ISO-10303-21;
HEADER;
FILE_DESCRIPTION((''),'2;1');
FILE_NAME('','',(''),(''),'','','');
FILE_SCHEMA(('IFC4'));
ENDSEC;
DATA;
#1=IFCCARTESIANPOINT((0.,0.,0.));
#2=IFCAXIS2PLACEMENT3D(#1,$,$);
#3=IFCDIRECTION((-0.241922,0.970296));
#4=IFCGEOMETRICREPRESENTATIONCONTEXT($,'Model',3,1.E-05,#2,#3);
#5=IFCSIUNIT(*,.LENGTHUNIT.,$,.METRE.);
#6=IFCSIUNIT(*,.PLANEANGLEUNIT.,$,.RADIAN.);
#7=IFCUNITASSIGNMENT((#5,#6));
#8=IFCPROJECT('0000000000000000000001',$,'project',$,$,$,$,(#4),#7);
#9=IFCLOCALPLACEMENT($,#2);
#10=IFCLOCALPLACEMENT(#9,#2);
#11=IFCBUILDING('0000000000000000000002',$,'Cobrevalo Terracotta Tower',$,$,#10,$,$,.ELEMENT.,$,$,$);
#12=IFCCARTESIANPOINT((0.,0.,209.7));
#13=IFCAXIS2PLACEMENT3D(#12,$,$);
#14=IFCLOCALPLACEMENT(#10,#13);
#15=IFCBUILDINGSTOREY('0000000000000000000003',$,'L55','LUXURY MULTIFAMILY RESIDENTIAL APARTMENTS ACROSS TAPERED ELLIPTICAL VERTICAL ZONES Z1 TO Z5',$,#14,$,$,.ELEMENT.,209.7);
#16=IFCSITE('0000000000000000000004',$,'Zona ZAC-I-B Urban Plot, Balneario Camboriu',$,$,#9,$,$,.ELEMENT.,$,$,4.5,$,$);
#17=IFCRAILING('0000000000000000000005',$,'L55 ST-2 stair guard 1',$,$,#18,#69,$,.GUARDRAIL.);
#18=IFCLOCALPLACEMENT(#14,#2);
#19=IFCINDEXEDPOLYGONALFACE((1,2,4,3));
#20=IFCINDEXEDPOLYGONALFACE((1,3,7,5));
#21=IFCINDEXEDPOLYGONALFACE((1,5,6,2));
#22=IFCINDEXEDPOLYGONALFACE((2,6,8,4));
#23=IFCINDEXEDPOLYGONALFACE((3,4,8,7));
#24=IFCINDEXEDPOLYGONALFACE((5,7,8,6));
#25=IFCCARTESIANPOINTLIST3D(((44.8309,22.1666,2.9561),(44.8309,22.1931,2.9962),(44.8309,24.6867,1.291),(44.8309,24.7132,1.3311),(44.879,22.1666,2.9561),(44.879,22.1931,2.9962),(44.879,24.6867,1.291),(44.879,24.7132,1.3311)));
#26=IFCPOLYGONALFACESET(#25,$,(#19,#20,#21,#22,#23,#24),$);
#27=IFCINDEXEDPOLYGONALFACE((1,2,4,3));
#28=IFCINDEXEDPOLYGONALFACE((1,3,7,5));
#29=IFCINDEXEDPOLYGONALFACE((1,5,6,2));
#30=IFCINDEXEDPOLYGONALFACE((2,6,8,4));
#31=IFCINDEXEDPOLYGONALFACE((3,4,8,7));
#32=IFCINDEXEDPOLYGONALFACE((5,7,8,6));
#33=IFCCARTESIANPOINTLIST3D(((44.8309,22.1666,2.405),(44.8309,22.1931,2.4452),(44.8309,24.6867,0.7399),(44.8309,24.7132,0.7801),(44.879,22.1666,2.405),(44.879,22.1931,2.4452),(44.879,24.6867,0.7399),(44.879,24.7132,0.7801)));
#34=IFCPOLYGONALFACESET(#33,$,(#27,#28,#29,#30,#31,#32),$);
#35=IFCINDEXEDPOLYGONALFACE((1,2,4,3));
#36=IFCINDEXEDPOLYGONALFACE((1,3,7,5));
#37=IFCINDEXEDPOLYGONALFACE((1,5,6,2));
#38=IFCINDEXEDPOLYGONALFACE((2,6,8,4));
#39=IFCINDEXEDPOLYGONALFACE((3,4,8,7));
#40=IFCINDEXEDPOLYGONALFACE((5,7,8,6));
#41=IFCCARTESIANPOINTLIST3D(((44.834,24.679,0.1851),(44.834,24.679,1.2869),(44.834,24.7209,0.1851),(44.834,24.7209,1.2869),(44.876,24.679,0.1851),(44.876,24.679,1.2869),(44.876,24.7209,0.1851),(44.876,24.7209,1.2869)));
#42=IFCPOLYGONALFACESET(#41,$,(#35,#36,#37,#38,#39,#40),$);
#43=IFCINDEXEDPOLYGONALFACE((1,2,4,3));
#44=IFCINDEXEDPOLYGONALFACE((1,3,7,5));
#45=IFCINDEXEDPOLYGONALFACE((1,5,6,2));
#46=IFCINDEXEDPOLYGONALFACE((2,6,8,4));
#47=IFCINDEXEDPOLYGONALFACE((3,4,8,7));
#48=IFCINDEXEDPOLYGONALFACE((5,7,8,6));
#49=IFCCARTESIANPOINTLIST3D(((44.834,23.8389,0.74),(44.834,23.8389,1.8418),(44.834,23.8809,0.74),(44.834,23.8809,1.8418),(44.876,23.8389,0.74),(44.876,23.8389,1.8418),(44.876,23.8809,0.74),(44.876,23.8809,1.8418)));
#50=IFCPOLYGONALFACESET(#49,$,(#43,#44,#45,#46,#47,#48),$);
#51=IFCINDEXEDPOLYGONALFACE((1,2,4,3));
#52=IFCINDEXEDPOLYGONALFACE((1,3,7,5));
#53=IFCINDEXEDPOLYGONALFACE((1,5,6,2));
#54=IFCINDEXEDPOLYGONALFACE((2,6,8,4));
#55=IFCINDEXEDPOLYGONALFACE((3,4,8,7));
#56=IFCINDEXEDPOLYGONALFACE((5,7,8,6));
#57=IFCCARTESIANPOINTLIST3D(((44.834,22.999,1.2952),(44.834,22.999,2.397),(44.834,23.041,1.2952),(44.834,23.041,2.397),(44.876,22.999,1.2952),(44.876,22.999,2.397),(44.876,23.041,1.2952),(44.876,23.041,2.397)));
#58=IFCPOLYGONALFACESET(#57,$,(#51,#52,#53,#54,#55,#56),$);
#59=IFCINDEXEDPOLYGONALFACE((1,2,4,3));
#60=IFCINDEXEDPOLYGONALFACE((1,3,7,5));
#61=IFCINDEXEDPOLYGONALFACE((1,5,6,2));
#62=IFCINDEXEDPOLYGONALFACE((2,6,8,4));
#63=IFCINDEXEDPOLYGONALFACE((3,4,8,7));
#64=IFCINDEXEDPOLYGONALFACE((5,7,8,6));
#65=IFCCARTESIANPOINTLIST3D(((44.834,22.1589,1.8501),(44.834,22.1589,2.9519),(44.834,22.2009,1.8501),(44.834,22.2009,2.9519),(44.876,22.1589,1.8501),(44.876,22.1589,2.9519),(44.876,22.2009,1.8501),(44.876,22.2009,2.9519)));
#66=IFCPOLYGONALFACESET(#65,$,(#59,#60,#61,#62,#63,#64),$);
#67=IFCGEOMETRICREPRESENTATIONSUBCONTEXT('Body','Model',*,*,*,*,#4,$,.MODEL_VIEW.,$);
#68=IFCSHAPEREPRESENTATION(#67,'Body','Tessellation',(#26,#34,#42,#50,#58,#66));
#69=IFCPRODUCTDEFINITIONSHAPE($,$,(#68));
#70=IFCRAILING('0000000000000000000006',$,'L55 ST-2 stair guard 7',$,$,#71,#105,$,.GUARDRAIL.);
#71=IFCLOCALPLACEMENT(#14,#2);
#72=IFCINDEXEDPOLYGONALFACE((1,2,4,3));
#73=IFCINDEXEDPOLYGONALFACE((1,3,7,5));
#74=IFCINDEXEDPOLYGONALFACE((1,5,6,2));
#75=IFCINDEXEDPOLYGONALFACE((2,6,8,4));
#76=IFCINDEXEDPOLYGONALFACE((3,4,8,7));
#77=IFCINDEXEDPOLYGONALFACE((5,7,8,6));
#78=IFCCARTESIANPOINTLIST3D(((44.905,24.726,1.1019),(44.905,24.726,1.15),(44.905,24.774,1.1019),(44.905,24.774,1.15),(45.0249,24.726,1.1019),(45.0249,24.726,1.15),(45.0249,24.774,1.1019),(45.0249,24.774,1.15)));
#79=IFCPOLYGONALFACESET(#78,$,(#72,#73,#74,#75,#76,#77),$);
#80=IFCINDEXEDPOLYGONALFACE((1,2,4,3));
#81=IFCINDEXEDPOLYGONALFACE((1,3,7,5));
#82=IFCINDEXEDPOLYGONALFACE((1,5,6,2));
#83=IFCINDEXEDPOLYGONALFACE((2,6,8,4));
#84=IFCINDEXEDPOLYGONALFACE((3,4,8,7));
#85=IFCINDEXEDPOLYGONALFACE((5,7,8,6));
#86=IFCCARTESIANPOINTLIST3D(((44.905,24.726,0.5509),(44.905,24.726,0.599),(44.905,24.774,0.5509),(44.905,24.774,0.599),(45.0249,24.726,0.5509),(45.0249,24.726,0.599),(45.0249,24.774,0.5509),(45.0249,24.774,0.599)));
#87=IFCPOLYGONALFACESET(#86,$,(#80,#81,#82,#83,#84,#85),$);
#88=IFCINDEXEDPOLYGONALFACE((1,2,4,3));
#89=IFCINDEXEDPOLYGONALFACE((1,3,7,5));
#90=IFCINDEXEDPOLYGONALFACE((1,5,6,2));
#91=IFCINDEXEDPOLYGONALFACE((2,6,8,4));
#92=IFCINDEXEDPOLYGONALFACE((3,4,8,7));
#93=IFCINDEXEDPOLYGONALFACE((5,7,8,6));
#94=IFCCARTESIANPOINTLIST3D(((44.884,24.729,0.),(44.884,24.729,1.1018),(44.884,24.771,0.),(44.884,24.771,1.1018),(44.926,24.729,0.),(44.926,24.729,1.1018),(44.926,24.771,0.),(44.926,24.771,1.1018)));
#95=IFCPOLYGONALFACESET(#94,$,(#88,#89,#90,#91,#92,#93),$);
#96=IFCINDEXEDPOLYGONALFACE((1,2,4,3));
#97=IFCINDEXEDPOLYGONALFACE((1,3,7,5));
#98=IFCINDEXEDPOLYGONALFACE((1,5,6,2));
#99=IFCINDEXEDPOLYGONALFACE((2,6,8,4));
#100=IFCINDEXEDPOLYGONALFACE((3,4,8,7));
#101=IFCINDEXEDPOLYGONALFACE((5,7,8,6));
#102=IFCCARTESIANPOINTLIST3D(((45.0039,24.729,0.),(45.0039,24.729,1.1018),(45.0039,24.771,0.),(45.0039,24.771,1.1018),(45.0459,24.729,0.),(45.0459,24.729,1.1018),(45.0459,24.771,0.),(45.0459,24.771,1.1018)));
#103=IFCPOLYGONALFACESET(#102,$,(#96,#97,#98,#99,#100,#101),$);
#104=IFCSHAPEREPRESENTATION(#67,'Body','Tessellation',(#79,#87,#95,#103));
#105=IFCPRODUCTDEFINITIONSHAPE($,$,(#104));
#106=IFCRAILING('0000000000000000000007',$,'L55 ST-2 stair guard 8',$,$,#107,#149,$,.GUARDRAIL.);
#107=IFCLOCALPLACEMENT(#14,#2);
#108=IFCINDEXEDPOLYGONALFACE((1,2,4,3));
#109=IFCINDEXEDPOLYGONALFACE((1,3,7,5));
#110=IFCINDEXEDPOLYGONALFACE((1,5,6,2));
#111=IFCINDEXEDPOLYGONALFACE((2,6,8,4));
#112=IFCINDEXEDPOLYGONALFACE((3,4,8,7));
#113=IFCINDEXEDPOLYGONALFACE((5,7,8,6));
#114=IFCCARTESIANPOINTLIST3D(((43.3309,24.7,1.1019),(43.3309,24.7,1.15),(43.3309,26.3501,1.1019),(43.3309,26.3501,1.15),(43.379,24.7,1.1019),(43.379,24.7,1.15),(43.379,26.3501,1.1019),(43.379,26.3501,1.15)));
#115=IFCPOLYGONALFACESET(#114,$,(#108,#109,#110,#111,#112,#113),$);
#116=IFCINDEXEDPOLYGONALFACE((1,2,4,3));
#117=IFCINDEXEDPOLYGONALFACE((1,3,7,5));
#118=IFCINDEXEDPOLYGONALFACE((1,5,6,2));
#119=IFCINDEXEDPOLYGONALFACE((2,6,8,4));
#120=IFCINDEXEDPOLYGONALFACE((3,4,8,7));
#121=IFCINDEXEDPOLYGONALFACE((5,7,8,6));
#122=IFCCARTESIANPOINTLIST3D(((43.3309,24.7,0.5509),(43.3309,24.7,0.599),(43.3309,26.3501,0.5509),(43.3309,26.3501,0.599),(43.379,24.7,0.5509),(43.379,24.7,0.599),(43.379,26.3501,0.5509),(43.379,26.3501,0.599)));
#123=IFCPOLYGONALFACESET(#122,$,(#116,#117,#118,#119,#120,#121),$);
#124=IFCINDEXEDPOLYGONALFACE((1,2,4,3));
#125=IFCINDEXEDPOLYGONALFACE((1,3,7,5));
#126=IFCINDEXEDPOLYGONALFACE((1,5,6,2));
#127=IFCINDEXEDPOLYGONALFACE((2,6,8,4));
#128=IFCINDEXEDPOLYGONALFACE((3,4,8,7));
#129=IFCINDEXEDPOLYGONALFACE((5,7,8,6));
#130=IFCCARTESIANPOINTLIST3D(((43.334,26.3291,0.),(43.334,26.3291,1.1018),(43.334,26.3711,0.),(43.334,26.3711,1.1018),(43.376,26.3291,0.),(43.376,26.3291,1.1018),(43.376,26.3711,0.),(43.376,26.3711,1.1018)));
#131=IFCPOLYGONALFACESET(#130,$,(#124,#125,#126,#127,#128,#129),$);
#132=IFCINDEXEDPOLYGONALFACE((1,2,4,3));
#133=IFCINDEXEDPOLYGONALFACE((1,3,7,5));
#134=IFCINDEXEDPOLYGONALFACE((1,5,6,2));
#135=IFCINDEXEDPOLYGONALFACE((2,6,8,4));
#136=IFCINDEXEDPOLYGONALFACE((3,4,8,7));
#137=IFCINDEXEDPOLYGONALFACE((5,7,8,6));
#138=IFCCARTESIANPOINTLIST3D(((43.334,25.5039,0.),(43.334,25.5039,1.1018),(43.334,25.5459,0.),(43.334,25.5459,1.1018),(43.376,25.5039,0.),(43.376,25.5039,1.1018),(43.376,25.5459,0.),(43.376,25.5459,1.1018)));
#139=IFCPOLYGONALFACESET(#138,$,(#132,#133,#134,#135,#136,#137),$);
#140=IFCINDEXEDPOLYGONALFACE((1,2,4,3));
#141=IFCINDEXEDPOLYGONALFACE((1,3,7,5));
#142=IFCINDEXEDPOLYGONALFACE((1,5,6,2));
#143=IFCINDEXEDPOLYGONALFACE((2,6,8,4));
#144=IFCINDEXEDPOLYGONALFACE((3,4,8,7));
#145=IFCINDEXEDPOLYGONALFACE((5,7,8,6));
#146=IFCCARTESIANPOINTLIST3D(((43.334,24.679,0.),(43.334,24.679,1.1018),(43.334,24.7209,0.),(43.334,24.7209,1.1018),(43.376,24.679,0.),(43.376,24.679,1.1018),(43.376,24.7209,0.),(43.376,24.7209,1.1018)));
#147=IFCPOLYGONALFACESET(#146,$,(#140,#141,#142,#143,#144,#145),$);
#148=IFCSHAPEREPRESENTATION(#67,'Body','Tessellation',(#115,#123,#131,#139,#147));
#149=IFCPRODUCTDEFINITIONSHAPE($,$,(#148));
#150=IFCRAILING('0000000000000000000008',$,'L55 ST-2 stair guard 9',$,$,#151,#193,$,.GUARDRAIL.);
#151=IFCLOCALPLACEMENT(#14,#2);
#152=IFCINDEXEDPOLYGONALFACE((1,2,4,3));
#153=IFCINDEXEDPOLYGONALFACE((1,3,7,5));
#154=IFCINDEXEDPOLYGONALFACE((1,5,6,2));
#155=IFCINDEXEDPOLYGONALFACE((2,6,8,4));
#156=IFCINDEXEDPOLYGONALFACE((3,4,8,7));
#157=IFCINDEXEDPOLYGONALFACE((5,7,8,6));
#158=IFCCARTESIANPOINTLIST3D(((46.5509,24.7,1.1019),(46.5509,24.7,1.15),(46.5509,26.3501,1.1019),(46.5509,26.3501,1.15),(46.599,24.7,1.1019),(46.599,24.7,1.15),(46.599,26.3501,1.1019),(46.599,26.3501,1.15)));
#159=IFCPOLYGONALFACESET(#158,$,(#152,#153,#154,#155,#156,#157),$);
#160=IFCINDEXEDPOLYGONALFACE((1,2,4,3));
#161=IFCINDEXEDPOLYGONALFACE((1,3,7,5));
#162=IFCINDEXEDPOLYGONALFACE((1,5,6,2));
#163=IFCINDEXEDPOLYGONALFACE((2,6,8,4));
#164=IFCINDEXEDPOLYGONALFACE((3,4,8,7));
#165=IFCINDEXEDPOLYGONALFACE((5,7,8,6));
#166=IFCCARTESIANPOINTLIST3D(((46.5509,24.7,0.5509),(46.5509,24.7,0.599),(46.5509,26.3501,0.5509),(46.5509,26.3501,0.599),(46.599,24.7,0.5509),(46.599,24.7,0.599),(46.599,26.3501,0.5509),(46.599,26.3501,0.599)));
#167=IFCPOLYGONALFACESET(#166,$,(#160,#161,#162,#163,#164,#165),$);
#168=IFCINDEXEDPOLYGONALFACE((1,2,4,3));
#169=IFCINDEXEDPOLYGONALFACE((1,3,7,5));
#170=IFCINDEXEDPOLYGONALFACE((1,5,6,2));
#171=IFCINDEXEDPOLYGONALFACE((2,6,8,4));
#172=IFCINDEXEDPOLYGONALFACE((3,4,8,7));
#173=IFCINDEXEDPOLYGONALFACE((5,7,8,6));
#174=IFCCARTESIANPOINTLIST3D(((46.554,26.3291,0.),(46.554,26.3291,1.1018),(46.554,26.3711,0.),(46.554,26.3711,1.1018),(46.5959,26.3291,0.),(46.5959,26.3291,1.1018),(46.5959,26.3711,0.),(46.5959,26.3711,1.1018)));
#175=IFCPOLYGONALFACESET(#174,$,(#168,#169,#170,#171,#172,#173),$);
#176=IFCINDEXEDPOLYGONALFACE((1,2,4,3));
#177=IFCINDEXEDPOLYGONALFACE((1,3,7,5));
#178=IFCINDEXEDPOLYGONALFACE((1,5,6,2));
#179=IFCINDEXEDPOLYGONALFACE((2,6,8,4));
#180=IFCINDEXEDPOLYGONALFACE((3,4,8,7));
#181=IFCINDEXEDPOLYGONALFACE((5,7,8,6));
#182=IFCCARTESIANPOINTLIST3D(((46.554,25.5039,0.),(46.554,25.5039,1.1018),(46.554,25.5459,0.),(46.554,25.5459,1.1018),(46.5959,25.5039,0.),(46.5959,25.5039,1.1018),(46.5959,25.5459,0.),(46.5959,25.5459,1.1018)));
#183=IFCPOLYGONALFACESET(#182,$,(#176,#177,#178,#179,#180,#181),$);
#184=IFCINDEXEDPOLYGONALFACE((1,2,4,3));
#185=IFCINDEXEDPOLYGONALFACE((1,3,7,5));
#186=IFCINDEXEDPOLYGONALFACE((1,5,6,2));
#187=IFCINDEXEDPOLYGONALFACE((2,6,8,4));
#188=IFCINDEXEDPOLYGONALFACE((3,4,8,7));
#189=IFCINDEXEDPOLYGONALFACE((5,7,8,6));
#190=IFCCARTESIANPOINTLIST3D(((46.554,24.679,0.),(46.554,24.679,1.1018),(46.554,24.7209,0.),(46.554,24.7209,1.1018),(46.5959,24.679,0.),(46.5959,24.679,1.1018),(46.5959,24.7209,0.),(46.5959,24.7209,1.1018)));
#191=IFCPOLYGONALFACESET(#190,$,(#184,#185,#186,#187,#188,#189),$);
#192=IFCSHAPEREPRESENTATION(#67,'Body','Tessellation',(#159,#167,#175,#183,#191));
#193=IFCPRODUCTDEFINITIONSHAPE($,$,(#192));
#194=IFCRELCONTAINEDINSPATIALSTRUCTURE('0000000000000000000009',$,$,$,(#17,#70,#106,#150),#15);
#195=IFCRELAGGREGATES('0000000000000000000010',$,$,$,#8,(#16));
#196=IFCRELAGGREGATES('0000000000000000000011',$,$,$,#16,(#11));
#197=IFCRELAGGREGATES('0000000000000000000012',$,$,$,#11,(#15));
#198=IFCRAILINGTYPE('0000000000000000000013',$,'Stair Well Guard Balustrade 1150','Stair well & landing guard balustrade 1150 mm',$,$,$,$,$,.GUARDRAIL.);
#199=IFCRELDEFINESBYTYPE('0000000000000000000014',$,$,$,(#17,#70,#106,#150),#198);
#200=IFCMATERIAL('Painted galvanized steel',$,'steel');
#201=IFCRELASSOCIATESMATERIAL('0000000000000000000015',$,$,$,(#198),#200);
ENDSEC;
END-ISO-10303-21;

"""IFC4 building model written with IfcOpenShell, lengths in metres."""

from ifc_helpers import new_model, si_unit, direction, frame, origin, origin_2d, place, context, subcontext, project, spatial, rectangle, extrude, material, type_object, element, save


model = new_model("IFC4")

# Units and contexts
model_context = context("Model", 3, precision=1e-05, world=origin(), true_north=direction((-0.241922, 0.970296)))
body_context = subcontext(model_context, "Body", "Model", "MODEL_VIEW")
ifc_project = project(units=[si_unit("LENGTHUNIT", "METRE"), si_unit("PLANEANGLEUNIT", "RADIAN")], contexts=[model_context])

# Site, building, storey
site_placement = place(None, origin())
site = spatial("IfcSite", under=ifc_project, at=site_placement, Name="Zona ZAC-I-B Urban Plot, Balneario Camboriu", CompositionType="ELEMENT", RefElevation=4.5)
building_placement = place(site_placement, origin())
building = spatial("IfcBuilding", under=site, at=building_placement, Name="Cobrevalo Terracotta Tower", CompositionType="ELEMENT")
storey_placement = place(building_placement, frame((0.0, 0.0, 209.7)))
storey = spatial("IfcBuildingStorey", under=building, at=storey_placement, Name="L55", Description="LUXURY MULTIFAMILY RESIDENTIAL APARTMENTS ACROSS TAPERED ELLIPTICAL VERTICAL ZONES Z1 TO Z5", CompositionType="ELEMENT", Elevation=209.7)

# Railings
ifc_material_1 = material(Name="Painted galvanized steel", Category="steel")
railing_type_1 = type_object("IfcRailingType", Name="Stair Well Guard Balustrade 1150", Description="Stair well & landing guard balustrade 1150 mm", PredefinedType="GUARDRAIL", material=ifc_material_1)
railing_1_placement = place(storey_placement, frame((44.855, 24.7, 0.1851)))
element("IfcRailing", 1, at=railing_1_placement, inside=storey, type_object=railing_type_1, Name="L55 ST-2 stair guard 1", PredefinedType="GUARDRAIL", context=body_context, shape_type="SweptSolid", body=[
    extrude(rectangle(XDim=0.0481, YDim=0.0481, at=origin_2d()), frame((0.0, 0.0, 1.126), z_axis=(0.0, -0.834331, 0.551263), x_axis=(1.0, 0.0, 0.0)), (0.0, 0.0, 1.0), 3.0205),
    extrude(rectangle(XDim=0.0481, YDim=0.0481, at=origin_2d()), frame((0.0, 0.0, 0.575), z_axis=(0.0, -0.834331, 0.551263), x_axis=(1.0, 0.0, 0.0)), (0.0, 0.0, 1.0), 3.0205),
    extrude(rectangle(XDim=0.042, YDim=0.042, at=origin_2d()), origin(), (0.0, 0.0, 1.0), 1.1018),
    extrude(rectangle(XDim=0.042, YDim=0.042, at=origin_2d()), frame((0.0, -0.8401, 0.5549)), (0.0, 0.0, 1.0), 1.1018),
    extrude(rectangle(XDim=0.042, YDim=0.042, at=origin_2d()), frame((0.0, -1.6799, 1.1101)), (0.0, 0.0, 1.0), 1.1018),
    extrude(rectangle(XDim=0.042, YDim=0.042, at=origin_2d()), frame((0.0, -2.52, 1.665)), (0.0, 0.0, 1.0), 1.1018),
])
railing_2_placement = place(storey_placement, frame((44.905, 24.75, 0.0)))
element("IfcRailing", 2, at=railing_2_placement, inside=storey, type_object=railing_type_1, Name="L55 ST-2 stair guard 7", PredefinedType="GUARDRAIL", context=body_context, shape_type="SweptSolid", body=[
    extrude(rectangle(XDim=0.0481, YDim=0.0481, at=origin_2d()), frame((0.0, 0.0, 1.126), z_axis=(1.0, 0.0, 0.0), x_axis=(0.0, 1.0, 0.0)), (0.0, 0.0, 1.0), 0.1199),
    extrude(rectangle(XDim=0.0481, YDim=0.0481, at=origin_2d()), frame((0.0, 0.0, 0.575), z_axis=(1.0, 0.0, 0.0), x_axis=(0.0, 1.0, 0.0)), (0.0, 0.0, 1.0), 0.1199),
    extrude(rectangle(XDim=0.042, YDim=0.042, at=origin_2d()), origin(), (0.0, 0.0, 1.0), 1.1018),
    extrude(rectangle(XDim=0.042, YDim=0.042, at=origin_2d()), frame((0.1199, 0.0, 0.0)), (0.0, 0.0, 1.0), 1.1018),
])
for number, where, name in (
    (3, (43.355, 26.3501, 0.0), "L55 ST-2 stair guard 8"),
    (4, (46.575, 26.3501, 0.0), "L55 ST-2 stair guard 9"),
):
    element("IfcRailing", number, at=place(storey_placement, frame(where)), inside=storey, type_object=railing_type_1, Name=name, PredefinedType="GUARDRAIL", context=body_context, shape_type="SweptSolid", body=[
        extrude(rectangle(XDim=0.0481, YDim=0.0481, at=origin_2d()), frame((0.0, 0.0, 1.126), z_axis=(0.0, -1.0, 0.0), x_axis=(1.0, 0.0, 0.0)), (0.0, 0.0, 1.0), 1.6501),
        extrude(rectangle(XDim=0.0481, YDim=0.0481, at=origin_2d()), frame((0.0, 0.0, 0.575), z_axis=(0.0, -1.0, 0.0), x_axis=(1.0, 0.0, 0.0)), (0.0, 0.0, 1.0), 1.6501),
        extrude(rectangle(XDim=0.042, YDim=0.042, at=origin_2d()), origin(), (0.0, 0.0, 1.0), 1.1018),
        extrude(rectangle(XDim=0.042, YDim=0.042, at=origin_2d()), frame((0.0, -0.8252, 0.0)), (0.0, 0.0, 1.0), 1.1018),
        extrude(rectangle(XDim=0.042, YDim=0.042, at=origin_2d()), frame((0.0, -1.6501, 0.0)), (0.0, 0.0, 1.0), 1.1018),
    ])

save(model, "model.ifc")
